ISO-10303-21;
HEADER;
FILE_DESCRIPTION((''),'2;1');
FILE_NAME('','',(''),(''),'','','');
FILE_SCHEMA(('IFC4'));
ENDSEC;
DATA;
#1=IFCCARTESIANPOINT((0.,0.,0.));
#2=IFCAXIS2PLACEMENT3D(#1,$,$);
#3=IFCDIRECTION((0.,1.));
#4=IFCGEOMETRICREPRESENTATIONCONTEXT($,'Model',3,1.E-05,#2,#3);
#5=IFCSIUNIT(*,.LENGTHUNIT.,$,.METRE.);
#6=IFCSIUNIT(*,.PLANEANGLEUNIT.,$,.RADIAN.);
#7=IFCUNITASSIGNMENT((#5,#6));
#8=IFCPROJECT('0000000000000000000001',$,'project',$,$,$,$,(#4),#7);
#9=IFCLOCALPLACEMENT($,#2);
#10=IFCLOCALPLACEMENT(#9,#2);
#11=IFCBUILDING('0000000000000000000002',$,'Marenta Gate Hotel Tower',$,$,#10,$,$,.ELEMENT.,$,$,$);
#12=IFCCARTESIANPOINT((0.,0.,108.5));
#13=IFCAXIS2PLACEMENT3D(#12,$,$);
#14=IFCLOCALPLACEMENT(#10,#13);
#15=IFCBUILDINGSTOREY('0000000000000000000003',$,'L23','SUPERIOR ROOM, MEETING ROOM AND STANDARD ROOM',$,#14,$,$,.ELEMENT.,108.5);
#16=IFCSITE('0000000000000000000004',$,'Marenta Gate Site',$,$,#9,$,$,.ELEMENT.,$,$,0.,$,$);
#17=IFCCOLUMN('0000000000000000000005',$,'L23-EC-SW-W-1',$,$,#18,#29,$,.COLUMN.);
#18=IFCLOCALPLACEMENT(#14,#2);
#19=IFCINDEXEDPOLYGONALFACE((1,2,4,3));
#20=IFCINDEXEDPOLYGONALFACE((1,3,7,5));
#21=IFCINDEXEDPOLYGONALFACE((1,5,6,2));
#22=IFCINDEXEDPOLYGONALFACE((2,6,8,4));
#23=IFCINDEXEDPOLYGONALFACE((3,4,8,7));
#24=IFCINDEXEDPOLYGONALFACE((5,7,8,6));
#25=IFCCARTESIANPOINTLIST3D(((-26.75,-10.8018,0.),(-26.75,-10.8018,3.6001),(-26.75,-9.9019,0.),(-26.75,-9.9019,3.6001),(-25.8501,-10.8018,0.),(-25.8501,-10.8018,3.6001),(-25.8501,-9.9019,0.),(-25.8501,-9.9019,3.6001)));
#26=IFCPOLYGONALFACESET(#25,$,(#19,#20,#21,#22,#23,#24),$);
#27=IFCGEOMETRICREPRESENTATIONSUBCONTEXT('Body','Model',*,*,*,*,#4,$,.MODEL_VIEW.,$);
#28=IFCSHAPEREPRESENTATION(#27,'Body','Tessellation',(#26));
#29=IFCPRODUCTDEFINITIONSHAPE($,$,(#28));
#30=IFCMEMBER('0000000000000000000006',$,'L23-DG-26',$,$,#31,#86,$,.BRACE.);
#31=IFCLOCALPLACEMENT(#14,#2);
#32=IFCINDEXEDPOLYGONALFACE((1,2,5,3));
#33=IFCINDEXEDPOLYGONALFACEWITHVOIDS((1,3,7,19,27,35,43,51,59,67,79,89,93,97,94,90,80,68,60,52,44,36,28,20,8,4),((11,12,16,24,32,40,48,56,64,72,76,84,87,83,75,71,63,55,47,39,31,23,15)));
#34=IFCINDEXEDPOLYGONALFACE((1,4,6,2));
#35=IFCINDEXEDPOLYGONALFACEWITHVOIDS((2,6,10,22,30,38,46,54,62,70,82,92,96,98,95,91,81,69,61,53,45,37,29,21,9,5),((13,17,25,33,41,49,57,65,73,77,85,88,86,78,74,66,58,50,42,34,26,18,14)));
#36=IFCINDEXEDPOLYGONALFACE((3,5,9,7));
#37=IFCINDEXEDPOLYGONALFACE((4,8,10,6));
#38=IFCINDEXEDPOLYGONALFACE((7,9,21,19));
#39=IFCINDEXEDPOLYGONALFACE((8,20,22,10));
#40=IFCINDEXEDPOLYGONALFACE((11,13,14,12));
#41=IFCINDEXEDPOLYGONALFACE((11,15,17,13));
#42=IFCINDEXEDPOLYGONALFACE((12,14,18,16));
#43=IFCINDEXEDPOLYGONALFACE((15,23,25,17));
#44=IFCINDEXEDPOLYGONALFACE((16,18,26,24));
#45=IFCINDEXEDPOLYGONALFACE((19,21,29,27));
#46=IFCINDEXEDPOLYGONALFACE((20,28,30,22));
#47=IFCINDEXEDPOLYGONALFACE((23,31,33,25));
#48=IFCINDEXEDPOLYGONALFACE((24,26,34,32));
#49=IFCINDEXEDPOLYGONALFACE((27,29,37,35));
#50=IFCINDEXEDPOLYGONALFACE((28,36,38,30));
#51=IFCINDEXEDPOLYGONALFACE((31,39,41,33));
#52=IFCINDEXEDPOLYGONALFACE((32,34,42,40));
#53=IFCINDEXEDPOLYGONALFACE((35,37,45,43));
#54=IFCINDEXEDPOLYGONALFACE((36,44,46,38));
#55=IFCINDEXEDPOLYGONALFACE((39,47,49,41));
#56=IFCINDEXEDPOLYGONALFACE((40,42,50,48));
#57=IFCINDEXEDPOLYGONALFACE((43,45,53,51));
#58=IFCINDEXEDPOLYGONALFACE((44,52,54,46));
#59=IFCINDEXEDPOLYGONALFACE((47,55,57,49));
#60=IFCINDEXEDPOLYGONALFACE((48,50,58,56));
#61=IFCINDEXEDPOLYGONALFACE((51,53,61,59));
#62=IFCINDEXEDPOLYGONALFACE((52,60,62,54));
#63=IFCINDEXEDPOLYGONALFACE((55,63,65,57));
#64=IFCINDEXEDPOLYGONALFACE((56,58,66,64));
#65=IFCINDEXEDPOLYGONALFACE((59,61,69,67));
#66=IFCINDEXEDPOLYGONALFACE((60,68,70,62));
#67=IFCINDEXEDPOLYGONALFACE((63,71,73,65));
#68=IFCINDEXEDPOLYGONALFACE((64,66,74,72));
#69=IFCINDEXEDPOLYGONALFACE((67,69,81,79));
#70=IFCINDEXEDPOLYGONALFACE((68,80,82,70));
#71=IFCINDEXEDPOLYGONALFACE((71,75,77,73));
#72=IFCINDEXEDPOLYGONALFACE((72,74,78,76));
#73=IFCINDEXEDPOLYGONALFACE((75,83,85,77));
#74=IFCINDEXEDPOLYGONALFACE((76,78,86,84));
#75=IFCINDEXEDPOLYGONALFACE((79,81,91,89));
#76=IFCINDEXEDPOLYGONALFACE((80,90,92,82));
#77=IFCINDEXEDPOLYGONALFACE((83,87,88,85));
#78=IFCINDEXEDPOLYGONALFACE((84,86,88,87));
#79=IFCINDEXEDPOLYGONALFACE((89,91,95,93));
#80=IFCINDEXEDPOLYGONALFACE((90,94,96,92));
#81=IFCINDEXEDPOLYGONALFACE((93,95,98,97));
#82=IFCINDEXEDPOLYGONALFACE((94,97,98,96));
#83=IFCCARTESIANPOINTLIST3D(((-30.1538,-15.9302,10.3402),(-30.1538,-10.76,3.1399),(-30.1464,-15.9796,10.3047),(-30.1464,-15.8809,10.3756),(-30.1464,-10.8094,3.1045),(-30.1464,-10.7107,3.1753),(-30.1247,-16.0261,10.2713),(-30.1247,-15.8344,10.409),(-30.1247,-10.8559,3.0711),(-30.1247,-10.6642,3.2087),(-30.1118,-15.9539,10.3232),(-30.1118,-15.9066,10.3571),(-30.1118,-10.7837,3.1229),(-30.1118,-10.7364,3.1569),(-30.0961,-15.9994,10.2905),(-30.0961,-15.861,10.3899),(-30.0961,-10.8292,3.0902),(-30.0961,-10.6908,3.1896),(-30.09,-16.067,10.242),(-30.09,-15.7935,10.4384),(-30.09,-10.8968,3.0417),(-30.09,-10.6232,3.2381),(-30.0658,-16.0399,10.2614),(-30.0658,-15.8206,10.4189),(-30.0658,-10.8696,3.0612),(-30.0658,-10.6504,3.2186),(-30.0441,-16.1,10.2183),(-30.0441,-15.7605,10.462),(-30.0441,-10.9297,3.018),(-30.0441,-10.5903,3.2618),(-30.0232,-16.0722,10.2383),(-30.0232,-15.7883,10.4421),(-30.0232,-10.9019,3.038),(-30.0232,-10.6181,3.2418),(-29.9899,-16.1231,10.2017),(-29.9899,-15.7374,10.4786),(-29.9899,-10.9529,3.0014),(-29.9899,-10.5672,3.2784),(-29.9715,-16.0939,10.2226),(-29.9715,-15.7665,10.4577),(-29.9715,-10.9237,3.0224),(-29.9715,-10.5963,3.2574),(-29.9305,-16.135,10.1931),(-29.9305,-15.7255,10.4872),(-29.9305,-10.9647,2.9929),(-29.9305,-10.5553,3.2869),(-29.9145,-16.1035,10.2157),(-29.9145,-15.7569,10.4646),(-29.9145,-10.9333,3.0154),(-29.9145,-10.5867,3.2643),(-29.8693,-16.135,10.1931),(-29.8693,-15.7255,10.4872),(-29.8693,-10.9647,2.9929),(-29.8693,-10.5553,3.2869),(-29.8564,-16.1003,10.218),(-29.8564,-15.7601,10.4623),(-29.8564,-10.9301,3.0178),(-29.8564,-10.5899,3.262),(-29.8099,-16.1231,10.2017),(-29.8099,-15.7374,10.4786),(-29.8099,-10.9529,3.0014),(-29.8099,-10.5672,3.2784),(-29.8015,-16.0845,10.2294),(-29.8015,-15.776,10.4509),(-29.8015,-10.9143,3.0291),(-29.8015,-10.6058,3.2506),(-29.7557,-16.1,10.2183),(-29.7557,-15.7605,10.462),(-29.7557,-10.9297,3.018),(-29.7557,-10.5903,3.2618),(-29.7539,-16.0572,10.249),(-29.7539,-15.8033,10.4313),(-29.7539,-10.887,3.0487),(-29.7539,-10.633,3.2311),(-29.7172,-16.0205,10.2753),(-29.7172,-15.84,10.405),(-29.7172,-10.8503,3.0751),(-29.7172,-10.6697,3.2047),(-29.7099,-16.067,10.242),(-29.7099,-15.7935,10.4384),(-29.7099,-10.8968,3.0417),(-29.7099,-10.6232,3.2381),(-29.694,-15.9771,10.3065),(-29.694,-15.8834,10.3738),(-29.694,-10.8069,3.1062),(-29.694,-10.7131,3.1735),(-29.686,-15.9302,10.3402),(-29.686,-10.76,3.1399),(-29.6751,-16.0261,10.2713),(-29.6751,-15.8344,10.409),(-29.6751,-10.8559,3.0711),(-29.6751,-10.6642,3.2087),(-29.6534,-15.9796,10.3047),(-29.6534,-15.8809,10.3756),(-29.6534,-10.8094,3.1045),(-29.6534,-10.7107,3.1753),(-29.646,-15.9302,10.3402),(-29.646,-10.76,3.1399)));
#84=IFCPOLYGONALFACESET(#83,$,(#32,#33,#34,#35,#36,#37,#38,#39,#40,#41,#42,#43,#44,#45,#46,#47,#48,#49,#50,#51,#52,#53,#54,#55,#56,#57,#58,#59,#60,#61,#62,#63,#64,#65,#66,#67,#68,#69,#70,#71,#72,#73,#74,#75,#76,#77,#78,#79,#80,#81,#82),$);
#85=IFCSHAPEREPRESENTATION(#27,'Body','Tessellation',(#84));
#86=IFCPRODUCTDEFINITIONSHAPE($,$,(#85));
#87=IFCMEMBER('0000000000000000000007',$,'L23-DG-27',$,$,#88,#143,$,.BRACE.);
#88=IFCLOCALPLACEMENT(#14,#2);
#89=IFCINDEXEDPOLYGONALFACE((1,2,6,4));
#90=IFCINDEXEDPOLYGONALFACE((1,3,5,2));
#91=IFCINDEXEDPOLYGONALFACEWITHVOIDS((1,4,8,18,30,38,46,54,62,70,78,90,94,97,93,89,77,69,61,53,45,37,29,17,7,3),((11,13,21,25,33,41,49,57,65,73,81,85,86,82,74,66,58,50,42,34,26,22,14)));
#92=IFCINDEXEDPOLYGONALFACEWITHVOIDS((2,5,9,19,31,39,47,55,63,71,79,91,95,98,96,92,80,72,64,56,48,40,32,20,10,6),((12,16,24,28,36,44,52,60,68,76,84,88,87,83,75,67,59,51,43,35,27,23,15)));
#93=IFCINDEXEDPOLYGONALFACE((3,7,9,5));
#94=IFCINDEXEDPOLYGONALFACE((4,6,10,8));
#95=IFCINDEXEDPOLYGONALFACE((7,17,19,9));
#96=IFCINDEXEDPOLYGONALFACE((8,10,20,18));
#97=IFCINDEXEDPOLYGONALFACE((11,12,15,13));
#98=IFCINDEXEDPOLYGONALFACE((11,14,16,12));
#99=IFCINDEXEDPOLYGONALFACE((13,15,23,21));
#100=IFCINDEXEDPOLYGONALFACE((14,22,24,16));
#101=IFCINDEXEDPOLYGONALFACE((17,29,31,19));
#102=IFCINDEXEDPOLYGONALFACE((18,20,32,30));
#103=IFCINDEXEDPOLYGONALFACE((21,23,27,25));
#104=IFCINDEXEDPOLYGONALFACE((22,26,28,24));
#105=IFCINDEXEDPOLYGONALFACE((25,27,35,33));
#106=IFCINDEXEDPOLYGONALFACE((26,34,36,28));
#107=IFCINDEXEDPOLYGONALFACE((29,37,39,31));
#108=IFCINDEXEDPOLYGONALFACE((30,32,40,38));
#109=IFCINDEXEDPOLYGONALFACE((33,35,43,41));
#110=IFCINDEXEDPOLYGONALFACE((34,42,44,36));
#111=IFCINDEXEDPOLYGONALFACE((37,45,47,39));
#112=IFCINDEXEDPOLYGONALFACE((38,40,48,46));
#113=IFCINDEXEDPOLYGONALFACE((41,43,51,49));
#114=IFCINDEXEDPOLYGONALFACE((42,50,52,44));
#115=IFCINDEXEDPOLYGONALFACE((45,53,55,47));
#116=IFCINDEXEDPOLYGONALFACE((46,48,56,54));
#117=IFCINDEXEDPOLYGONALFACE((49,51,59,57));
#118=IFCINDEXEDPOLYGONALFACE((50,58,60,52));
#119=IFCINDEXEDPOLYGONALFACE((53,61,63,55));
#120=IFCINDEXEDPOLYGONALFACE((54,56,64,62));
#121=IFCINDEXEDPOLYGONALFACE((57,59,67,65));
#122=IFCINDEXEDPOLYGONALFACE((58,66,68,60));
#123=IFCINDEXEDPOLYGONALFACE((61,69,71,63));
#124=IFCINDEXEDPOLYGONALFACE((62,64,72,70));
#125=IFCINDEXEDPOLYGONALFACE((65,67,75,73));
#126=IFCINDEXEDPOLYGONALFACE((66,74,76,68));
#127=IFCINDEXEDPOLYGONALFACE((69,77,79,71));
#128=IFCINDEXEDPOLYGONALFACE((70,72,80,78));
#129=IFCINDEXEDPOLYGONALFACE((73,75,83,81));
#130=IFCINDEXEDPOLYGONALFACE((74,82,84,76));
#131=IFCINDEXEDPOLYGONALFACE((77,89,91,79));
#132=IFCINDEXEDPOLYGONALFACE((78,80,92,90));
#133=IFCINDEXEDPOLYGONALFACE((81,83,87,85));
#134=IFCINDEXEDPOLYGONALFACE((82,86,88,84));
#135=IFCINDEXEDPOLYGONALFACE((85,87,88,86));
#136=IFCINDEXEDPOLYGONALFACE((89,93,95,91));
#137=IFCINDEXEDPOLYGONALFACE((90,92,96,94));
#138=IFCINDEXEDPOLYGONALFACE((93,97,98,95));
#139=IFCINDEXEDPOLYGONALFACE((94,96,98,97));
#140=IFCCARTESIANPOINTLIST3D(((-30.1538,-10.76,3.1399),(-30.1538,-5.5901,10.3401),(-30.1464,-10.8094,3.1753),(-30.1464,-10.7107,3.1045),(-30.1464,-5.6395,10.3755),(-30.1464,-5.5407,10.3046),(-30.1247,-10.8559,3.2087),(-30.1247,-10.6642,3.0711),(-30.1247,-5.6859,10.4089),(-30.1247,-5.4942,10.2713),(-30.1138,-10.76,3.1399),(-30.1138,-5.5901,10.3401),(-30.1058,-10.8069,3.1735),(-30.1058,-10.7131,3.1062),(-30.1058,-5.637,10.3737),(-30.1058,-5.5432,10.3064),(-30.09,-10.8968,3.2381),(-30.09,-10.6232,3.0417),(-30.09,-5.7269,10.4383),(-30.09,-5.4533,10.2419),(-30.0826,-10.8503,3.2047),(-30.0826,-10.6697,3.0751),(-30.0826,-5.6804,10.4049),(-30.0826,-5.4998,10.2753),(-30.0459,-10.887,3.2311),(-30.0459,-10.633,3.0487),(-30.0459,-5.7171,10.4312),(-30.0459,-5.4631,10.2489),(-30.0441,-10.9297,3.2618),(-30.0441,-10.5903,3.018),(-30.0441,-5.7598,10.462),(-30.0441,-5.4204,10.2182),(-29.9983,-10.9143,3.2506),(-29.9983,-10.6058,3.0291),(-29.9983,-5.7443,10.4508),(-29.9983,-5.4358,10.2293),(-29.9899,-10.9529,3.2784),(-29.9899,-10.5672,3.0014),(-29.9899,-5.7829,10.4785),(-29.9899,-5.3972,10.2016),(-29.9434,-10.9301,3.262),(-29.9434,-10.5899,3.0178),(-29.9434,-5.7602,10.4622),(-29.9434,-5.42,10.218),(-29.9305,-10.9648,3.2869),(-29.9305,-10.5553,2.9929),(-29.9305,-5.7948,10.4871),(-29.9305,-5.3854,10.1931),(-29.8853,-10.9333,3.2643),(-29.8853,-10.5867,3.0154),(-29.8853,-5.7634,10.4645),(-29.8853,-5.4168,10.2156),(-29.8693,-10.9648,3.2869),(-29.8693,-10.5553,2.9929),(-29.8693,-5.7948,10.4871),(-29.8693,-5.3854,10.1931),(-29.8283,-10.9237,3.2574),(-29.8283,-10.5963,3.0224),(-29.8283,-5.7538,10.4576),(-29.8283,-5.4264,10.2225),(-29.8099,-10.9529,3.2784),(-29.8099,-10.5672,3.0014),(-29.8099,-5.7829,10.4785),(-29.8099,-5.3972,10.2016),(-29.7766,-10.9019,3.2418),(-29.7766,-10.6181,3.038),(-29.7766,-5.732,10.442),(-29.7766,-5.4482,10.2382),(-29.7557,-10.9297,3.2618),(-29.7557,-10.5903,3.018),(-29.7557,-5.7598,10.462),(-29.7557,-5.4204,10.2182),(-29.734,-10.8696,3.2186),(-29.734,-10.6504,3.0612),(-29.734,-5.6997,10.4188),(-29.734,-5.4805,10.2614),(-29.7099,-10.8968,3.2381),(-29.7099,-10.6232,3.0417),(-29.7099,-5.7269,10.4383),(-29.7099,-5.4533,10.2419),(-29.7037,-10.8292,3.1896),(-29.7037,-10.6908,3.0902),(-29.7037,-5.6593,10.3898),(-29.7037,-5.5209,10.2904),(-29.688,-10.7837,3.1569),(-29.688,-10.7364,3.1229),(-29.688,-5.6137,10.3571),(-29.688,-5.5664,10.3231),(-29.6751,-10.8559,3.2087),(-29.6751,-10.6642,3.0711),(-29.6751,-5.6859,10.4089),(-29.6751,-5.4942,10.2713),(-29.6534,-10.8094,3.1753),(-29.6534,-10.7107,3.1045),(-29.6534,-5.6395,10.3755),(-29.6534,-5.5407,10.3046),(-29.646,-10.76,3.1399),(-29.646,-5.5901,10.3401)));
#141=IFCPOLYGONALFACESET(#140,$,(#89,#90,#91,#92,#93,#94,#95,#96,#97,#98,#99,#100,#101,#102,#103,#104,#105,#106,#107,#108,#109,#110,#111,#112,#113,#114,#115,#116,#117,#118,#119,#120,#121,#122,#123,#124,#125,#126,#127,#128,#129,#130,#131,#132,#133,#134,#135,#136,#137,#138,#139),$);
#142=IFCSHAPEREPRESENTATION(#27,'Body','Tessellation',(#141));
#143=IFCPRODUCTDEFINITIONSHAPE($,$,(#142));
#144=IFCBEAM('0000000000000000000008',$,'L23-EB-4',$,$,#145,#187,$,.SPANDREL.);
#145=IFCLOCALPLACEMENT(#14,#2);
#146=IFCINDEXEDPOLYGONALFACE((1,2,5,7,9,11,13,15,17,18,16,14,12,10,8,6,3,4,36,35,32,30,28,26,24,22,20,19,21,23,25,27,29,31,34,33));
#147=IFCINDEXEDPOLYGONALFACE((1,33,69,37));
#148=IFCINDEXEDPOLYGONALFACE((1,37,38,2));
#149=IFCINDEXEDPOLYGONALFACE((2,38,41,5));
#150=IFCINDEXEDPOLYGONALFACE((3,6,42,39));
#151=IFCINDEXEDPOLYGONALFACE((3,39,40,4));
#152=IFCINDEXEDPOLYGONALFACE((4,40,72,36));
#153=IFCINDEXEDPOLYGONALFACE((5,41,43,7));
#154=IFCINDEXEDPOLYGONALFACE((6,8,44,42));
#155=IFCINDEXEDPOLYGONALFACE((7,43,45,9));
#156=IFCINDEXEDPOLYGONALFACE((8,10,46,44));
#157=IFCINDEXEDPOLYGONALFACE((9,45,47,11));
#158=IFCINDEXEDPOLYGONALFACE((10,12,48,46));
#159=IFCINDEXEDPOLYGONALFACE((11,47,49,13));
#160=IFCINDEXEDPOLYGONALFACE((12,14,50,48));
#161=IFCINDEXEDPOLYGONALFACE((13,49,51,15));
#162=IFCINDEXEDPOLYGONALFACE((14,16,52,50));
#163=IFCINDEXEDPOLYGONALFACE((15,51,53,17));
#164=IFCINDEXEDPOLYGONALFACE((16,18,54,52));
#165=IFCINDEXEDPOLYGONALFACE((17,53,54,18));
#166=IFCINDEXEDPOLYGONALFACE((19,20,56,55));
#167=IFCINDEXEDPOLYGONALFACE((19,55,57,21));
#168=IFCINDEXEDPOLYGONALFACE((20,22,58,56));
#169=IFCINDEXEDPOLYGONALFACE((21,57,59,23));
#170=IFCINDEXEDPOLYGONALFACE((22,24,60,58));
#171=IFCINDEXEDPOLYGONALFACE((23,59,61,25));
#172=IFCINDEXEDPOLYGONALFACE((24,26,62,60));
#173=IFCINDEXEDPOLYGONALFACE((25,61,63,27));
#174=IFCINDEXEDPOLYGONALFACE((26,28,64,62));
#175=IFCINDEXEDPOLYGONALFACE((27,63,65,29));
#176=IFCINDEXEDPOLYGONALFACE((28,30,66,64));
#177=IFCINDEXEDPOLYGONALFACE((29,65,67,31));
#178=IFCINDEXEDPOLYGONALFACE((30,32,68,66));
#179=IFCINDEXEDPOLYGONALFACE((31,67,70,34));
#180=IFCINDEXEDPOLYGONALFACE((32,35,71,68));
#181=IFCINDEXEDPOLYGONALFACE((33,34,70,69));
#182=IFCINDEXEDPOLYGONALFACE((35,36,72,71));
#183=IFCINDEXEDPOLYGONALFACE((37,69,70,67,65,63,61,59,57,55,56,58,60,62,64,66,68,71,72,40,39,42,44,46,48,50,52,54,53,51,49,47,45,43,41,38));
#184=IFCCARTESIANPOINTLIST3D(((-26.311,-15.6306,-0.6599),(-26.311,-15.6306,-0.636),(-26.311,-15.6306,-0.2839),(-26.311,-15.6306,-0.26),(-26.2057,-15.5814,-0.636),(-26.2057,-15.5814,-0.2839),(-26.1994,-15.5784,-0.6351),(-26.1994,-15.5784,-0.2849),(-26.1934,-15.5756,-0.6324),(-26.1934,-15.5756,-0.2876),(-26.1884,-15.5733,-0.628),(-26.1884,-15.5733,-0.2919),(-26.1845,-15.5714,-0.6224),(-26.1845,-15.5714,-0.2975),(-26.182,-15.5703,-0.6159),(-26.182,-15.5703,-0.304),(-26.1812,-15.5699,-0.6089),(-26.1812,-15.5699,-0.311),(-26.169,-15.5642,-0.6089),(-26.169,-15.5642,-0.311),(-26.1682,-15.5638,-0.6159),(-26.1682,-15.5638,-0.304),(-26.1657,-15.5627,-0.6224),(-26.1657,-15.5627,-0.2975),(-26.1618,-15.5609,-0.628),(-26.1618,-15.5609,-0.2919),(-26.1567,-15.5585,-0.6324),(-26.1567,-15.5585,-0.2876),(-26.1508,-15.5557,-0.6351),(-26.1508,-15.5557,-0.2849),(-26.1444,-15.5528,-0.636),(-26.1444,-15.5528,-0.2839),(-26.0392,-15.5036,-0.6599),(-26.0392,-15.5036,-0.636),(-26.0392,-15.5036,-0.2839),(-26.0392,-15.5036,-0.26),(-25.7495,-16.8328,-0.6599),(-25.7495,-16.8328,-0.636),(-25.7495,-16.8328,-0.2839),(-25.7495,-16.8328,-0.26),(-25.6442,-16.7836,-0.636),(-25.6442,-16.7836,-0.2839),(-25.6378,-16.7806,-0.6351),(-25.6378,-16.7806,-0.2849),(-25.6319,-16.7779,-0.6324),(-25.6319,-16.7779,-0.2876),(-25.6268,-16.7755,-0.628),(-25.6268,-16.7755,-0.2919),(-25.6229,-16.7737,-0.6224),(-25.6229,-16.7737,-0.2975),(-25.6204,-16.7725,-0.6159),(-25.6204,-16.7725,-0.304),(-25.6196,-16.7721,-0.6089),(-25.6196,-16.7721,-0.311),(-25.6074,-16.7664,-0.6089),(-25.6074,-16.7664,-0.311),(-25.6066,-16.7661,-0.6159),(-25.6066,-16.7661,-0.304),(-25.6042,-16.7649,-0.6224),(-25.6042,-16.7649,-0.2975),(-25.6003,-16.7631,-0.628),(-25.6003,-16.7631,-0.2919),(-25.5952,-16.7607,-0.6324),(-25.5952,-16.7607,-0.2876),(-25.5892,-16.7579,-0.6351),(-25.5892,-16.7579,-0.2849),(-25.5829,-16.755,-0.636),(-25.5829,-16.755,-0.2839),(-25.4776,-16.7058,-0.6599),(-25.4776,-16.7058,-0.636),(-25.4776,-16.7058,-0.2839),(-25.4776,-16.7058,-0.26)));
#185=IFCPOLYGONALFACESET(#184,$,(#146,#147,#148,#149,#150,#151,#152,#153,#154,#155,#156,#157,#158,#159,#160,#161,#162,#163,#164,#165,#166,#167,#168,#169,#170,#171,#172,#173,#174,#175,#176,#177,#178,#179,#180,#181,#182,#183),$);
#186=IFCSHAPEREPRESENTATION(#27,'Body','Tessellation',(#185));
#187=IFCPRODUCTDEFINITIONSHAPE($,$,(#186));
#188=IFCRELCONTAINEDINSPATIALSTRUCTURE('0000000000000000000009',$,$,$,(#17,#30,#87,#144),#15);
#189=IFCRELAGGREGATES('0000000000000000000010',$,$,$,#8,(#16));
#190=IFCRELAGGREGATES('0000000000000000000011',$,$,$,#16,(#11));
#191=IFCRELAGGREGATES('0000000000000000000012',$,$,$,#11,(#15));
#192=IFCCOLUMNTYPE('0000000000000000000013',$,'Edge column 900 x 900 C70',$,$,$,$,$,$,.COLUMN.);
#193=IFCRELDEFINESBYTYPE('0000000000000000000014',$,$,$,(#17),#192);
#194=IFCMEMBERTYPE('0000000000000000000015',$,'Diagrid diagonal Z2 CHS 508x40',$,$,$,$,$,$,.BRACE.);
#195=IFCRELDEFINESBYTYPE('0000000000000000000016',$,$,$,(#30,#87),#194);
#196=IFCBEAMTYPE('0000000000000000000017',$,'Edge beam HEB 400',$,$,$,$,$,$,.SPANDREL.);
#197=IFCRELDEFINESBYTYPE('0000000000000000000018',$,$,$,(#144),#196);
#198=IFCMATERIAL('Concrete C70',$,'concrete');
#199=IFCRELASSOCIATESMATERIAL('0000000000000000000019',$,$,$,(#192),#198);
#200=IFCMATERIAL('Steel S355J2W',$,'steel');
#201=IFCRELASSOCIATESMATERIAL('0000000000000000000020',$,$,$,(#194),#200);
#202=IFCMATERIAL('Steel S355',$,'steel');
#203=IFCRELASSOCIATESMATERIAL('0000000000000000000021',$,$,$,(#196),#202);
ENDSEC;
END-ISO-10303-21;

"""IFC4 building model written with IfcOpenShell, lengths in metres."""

from ifc_helpers import new_model, si_unit, direction, frame, origin, origin_2d, place, context, subcontext, project, spatial, rectangle, hollow_circle, i_section, extrude, material, material_profile, profile_set, type_object, element, save


model = new_model("IFC4")

# Units and contexts
model_context = context("Model", 3, precision=1e-05, world=origin(), true_north=direction((0.0, 1.0)))
body_context = subcontext(model_context, "Body", "Model", "MODEL_VIEW")
ifc_project = project(units=[si_unit("LENGTHUNIT", "METRE"), si_unit("PLANEANGLEUNIT", "RADIAN")], contexts=[model_context])

# Site, building, storey
site_placement = place(None, origin())
site = spatial("IfcSite", under=ifc_project, at=site_placement, Name="Marenta Gate Site", CompositionType="ELEMENT", RefElevation=0.0)
building_placement = place(site_placement, origin())
building = spatial("IfcBuilding", under=site, at=building_placement, Name="Marenta Gate Hotel Tower", CompositionType="ELEMENT")
storey_placement = place(building_placement, frame((0.0, 0.0, 108.5)))
storey = spatial("IfcBuildingStorey", under=building, at=storey_placement, Name="L23", Description="SUPERIOR ROOM, MEETING ROOM AND STANDARD ROOM", CompositionType="ELEMENT", Elevation=108.5)

# Column
ifc_material_1 = material(Name="Concrete C70", Category="concrete")
ifc_material_profile_1 = material_profile(ifc_material_1, rectangle(XDim=0.8999, YDim=0.8999, at=origin_2d()), Name="900 x 900")
ifc_profile_set_1 = profile_set([ifc_material_profile_1], Name="Concrete C70")
column_type = type_object("IfcColumnType", Name="Edge column 900 x 900 C70", PredefinedType="COLUMN", material=ifc_profile_set_1)
column_placement = place(storey_placement, frame((-26.3, -10.3518, 0.0), z_axis=(0.0, 0.0, 1.0), x_axis=(1.0, 0.0, 0.0)))
element("IfcColumn", 1, at=column_placement, inside=storey, type_object=column_type, Name="L23-EC-SW-W-1", PredefinedType="COLUMN", context=body_context, shape_type="SweptSolid", body=[
    extrude(rectangle(XDim=0.8999, YDim=0.8999, at=origin_2d()), origin(), (0.0, 0.0, 1.0), 3.6001),
])

# Members
ifc_material_2 = material(Name="Steel S355J2W", Category="steel")
ifc_material_profile_2 = material_profile(ifc_material_2, hollow_circle(Radius=0.2539, WallThickness=0.04, at=origin_2d()), Name="CHS 508x40")
ifc_profile_set_2 = profile_set([ifc_material_profile_2], Name="Steel S355J2W")
member_type_1 = type_object("IfcMemberType", Name="Diagrid diagonal Z2 CHS 508x40", PredefinedType="BRACE", material=ifc_profile_set_2)
member_1_placement = place(storey_placement, frame((-29.8999, -10.76, 3.1399), z_axis=(0.0, -0.583266, 0.812281), x_axis=(1.0, 0.0, 0.0)))
element("IfcMember", 2, at=member_1_placement, inside=storey, type_object=member_type_1, Name="L23-DG-26", PredefinedType="BRACE", context=body_context, shape_type="SweptSolid", body=[
    extrude(hollow_circle(Radius=0.2539, WallThickness=0.04, at=origin_2d()), origin(), (0.0, 0.0, 1.0), 8.8643),
])
member_2_placement = place(storey_placement, frame((-29.8999, -10.76, 3.1399), z_axis=(0.0, 0.583248, 0.812294), x_axis=(-1.0, 0.0, 0.0)))
element("IfcMember", 3, at=member_2_placement, inside=storey, type_object=member_type_1, Name="L23-DG-27", PredefinedType="BRACE", context=body_context, shape_type="SweptSolid", body=[
    extrude(hollow_circle(Radius=0.2539, WallThickness=0.04, at=origin_2d()), origin(), (0.0, 0.0, 1.0), 8.864),
])

# Beam
ifc_material_3 = material(Name="Steel S355", Category="steel")
ifc_material_profile_3 = material_profile(ifc_material_3, i_section(OverallWidth=0.3, OverallDepth=0.3999, WebThickness=0.0134, FlangeThickness=0.0239, FilletRadius=0.0271, at=origin_2d()), Name="HEB 400")
ifc_profile_set_3 = profile_set([ifc_material_profile_3], Name="Steel S355")
beam_type_1 = type_object("IfcBeamType", Name="Edge beam HEB 400", PredefinedType="SPANDREL", material=ifc_profile_set_3)
beam_1_placement = place(storey_placement, frame((-25.6135, -16.7693, -0.46), z_axis=(-0.423208, 0.906033, 0.0), x_axis=(-0.906033, -0.423208, 0.0)))
element("IfcBeam", 4, at=beam_1_placement, inside=storey, type_object=beam_type_1, Name="L23-EB-4", PredefinedType="SPANDREL", context=body_context, shape_type="SweptSolid", body=[
    extrude(i_section(OverallWidth=0.3, OverallDepth=0.3999, WebThickness=0.0134, FlangeThickness=0.0239, FilletRadius=0.0271, at=origin_2d()), origin(), (0.0, 0.0, 1.0), 1.3269),
])

save(model, "model.ifc")
